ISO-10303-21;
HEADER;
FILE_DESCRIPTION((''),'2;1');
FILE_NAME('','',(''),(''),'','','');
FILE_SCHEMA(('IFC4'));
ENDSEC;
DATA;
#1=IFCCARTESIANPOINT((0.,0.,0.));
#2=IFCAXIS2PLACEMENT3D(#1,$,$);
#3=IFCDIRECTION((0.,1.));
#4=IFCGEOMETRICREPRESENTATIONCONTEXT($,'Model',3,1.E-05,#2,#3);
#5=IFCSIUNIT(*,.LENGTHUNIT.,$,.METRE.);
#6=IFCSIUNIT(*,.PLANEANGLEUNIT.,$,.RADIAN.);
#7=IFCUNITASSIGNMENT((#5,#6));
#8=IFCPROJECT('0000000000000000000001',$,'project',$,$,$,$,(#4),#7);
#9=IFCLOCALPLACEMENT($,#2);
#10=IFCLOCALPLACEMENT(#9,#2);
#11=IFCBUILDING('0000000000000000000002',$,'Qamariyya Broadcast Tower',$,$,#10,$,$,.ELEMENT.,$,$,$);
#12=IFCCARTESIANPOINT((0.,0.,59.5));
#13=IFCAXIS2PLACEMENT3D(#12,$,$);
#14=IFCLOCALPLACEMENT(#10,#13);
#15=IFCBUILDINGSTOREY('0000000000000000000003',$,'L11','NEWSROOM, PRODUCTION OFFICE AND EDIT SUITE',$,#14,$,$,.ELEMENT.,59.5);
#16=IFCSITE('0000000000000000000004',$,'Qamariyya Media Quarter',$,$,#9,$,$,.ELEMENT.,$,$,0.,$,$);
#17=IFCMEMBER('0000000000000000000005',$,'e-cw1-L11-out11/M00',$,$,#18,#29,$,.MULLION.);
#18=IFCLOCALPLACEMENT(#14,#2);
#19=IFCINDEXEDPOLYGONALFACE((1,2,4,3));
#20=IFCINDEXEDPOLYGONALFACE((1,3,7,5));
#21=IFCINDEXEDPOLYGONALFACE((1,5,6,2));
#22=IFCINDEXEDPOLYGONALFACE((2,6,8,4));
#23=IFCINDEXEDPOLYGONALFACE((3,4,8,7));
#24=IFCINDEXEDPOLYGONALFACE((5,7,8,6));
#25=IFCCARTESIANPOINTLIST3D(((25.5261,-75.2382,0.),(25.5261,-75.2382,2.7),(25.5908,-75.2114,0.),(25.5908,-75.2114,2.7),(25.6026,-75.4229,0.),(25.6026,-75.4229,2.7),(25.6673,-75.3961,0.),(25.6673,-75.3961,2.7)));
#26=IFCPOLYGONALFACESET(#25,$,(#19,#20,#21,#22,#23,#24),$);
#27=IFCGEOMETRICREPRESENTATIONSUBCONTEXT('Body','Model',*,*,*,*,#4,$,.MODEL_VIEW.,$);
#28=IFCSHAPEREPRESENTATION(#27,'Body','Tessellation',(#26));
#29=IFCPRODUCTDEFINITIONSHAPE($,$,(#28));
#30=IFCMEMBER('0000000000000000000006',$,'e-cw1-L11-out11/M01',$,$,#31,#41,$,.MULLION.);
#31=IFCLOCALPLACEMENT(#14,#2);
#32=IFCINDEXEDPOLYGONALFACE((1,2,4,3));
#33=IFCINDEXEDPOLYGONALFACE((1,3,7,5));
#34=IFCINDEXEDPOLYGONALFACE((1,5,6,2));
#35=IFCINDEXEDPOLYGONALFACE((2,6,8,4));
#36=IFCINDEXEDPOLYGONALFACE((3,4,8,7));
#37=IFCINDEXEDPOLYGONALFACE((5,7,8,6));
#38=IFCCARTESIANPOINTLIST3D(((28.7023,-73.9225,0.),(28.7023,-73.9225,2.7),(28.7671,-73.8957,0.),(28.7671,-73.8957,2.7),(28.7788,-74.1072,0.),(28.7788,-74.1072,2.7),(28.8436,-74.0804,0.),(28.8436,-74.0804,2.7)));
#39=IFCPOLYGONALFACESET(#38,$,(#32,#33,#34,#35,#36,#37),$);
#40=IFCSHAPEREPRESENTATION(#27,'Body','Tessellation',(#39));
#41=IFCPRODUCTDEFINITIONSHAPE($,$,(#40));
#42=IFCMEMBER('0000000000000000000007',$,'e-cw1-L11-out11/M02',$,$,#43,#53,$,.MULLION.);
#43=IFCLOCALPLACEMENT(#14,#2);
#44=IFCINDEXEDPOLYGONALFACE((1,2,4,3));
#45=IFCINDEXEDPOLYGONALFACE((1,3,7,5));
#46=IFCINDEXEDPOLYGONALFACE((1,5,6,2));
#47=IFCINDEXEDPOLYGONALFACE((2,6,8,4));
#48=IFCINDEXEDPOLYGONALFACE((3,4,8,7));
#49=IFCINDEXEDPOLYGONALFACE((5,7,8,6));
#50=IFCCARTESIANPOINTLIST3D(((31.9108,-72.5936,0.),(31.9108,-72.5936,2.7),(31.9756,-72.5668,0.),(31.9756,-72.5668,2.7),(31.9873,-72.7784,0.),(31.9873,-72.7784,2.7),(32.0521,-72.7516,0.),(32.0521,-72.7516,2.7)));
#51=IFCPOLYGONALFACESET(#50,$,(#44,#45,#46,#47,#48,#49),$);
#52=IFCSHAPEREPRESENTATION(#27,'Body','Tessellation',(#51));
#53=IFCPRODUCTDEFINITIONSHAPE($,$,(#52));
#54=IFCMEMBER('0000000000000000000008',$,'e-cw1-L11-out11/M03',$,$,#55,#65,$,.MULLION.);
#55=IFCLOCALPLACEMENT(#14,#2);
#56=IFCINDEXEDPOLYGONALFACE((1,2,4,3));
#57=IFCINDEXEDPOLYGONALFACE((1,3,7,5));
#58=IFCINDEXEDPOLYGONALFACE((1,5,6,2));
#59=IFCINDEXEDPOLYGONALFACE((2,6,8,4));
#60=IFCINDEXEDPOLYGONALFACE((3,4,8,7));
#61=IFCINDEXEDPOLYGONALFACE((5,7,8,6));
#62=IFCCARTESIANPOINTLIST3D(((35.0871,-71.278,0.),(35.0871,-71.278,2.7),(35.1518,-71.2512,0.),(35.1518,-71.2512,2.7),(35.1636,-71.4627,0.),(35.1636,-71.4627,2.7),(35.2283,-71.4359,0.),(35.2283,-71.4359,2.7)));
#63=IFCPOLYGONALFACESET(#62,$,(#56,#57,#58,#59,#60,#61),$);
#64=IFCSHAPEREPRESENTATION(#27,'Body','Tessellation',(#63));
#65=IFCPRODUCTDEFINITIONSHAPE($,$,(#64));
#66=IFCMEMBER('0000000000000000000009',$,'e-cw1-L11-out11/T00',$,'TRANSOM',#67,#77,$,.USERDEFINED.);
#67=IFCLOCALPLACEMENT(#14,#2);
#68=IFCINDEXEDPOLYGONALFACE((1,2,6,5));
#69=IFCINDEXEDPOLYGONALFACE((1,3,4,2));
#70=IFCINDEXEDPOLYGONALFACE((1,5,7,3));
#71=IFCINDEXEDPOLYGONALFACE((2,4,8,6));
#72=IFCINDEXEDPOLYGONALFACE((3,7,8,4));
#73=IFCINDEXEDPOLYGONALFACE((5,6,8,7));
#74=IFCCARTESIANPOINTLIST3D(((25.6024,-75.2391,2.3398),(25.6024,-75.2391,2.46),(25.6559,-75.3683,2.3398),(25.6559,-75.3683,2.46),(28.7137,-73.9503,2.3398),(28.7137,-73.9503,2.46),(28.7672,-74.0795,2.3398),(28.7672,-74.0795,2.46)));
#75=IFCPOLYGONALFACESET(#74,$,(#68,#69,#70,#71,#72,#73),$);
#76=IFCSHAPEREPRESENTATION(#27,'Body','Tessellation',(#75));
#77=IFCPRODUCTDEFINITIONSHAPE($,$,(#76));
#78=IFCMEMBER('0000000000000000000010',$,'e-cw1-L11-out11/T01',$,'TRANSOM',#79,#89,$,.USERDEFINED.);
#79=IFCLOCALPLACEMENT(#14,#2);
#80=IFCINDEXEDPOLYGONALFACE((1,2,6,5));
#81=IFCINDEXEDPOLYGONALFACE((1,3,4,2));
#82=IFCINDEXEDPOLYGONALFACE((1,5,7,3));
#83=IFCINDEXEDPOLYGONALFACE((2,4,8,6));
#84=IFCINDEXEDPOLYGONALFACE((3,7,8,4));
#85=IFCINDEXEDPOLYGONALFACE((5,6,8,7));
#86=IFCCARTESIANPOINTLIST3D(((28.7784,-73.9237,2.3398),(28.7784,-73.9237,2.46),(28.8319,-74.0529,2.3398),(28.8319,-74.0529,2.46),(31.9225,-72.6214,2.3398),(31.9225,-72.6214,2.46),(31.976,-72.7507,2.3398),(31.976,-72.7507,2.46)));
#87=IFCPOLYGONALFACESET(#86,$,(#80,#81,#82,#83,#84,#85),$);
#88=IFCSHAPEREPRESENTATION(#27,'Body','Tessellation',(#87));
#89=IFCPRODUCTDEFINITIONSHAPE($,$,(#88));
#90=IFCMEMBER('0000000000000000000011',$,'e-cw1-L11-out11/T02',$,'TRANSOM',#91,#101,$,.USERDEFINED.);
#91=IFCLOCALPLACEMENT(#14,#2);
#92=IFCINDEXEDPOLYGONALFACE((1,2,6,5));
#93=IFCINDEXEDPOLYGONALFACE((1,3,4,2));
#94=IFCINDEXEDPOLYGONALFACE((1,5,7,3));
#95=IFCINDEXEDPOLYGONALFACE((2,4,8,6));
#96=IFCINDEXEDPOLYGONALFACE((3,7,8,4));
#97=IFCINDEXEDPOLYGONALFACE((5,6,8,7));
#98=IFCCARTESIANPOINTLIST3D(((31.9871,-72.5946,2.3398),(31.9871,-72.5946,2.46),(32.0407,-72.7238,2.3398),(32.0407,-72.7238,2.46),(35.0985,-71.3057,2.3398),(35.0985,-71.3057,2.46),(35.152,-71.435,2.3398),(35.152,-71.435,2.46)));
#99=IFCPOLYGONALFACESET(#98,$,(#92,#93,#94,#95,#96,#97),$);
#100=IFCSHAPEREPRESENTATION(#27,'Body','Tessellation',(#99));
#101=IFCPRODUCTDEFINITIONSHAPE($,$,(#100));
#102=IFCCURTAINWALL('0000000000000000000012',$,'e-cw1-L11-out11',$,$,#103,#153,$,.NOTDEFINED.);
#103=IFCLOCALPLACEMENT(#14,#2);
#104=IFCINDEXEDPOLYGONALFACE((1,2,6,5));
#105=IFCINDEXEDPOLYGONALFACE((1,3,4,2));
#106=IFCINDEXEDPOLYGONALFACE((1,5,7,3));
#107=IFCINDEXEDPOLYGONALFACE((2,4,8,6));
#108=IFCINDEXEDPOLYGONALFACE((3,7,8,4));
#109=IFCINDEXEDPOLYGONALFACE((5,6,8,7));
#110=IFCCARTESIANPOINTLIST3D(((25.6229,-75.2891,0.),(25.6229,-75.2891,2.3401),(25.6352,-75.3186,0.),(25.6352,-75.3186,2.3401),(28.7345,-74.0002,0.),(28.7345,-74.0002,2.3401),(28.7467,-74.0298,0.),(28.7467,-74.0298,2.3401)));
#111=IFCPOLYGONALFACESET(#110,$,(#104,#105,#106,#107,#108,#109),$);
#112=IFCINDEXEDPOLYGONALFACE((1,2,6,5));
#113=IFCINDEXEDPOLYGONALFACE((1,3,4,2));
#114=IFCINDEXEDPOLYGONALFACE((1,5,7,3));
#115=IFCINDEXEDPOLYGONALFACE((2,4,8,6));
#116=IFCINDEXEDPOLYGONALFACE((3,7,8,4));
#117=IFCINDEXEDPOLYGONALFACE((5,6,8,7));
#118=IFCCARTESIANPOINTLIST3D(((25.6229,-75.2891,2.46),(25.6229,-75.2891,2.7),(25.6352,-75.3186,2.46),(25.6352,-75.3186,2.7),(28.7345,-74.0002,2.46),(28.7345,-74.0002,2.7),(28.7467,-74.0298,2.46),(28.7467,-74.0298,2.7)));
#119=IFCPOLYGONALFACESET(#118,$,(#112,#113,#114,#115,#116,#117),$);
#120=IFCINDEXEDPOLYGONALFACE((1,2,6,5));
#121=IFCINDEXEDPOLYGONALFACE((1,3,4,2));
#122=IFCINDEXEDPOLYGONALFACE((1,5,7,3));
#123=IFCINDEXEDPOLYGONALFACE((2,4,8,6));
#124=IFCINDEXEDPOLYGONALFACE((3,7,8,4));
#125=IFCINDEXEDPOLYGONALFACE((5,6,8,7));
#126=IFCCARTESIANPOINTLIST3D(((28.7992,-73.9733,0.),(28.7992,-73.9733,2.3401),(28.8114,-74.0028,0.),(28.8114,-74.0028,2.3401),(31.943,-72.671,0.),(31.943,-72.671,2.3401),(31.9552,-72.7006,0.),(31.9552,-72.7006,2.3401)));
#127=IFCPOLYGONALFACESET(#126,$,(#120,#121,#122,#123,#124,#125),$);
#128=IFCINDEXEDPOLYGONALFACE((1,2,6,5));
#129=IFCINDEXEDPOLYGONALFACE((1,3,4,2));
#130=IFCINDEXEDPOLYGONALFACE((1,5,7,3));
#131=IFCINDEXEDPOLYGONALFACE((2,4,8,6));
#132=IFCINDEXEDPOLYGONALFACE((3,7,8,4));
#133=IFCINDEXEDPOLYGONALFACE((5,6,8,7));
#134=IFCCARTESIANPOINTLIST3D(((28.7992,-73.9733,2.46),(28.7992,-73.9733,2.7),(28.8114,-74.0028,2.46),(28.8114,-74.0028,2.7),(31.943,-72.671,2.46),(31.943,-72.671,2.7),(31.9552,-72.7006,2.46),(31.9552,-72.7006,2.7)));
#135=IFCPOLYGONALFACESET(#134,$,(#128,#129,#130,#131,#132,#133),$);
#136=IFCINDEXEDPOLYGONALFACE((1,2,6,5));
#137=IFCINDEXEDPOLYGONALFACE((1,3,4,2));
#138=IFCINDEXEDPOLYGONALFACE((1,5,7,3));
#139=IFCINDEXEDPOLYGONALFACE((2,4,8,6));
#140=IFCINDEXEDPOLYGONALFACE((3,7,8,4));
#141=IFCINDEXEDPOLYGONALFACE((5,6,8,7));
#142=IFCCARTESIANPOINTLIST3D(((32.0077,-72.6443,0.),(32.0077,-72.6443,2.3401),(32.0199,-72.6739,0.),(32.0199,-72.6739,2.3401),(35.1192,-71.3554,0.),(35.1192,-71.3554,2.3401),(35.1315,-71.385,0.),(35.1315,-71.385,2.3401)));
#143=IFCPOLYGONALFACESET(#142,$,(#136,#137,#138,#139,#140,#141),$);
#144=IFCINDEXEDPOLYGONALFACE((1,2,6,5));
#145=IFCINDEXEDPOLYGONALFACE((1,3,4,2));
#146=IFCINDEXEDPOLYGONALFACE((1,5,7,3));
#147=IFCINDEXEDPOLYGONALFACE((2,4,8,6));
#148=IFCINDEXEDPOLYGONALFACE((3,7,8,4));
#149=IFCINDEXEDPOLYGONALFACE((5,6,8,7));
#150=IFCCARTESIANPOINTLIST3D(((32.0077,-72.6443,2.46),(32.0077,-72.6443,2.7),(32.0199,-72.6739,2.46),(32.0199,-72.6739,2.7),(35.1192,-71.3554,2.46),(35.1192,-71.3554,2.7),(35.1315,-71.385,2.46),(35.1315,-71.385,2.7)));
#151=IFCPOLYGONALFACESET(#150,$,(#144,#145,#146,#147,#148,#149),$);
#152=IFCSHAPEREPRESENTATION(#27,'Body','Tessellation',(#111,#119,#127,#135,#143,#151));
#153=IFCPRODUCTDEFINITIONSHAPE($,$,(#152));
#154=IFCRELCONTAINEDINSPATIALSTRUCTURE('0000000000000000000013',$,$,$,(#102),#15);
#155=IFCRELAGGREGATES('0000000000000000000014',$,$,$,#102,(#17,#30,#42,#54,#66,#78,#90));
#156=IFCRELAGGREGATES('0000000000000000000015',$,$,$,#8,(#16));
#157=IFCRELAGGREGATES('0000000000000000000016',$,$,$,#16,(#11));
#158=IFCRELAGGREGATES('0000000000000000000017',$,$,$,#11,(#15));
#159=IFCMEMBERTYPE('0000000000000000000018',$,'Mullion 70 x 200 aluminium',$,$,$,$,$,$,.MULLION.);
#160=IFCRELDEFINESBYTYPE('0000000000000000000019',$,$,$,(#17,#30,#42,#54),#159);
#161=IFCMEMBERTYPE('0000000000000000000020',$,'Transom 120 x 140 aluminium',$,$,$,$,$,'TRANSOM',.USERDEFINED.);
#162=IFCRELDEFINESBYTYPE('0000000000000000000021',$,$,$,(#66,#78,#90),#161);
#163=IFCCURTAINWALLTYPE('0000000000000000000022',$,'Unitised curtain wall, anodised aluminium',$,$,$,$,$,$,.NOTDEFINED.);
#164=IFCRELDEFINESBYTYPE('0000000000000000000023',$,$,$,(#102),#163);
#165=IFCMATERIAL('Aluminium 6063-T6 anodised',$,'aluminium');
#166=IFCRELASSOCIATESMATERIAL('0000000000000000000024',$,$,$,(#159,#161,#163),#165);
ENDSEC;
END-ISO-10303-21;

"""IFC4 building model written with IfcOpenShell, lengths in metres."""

from ifc_helpers import new_model, si_unit, direction, frame, origin, origin_2d, place, context, subcontext, project, spatial, rectangle, extrude, material, material_profile, profile_set, type_object, element, aggregate, save


model = new_model("IFC4")

# Units and contexts
model_context = context("Model", 3, precision=1e-05, world=origin(), true_north=direction((0.0, 1.0)))
body_context = subcontext(model_context, "Body", "Model", "MODEL_VIEW")
ifc_project = project(units=[si_unit("LENGTHUNIT", "METRE"), si_unit("PLANEANGLEUNIT", "RADIAN")], contexts=[model_context])

# Members
ifc_material = material(Name="Aluminium 6063-T6 anodised", Category="aluminium")
ifc_material_profile_1 = material_profile(ifc_material, rectangle(XDim=0.2, YDim=0.0701, at=origin_2d()))
ifc_profile_set_1 = profile_set([ifc_material_profile_1], Name="Aluminium 6063-T6 anodised")
member_type_1 = type_object("IfcMemberType", Name="Mullion 70 x 200 aluminium", PredefinedType="MULLION", material=ifc_profile_set_1)
site_placement = place(None, origin())
building_placement = place(site_placement, origin())
storey_placement = place(building_placement, frame((0.0, 0.0, 59.5)))
member_1_placement = place(storey_placement, frame((25.5967, -75.3171, 0.0), z_axis=(0.0, 0.0, 1.0), x_axis=(-0.382683, 0.92388, 0.0)))
member_1 = element("IfcMember", 1, at=member_1_placement, type_object=member_type_1, Name="e-cw1-L11-out11/M00", PredefinedType="MULLION", context=body_context, shape_type="SweptSolid", body=[
    extrude(rectangle(XDim=0.2, YDim=0.0701, at=origin_2d()), origin(), (0.0, 0.0, 1.0), 2.7),
])
member_2_placement = place(storey_placement, frame((28.7729, -74.0015, 0.0), z_axis=(0.0, 0.0, 1.0), x_axis=(-0.382683, 0.92388, 0.0)))
member_2 = element("IfcMember", 2, at=member_2_placement, type_object=member_type_1, Name="e-cw1-L11-out11/M01", PredefinedType="MULLION", context=body_context, shape_type="SweptSolid", body=[
    extrude(rectangle(XDim=0.2, YDim=0.0701, at=origin_2d()), origin(), (0.0, 0.0, 1.0), 2.7),
])
member_3_placement = place(storey_placement, frame((31.9814, -72.6726, 0.0), z_axis=(0.0, 0.0, 1.0), x_axis=(-0.382683, 0.92388, 0.0)))
member_3 = element("IfcMember", 3, at=member_3_placement, type_object=member_type_1, Name="e-cw1-L11-out11/M02", PredefinedType="MULLION", context=body_context, shape_type="SweptSolid", body=[
    extrude(rectangle(XDim=0.2, YDim=0.0701, at=origin_2d()), origin(), (0.0, 0.0, 1.0), 2.7),
])
member_4_placement = place(storey_placement, frame((35.1577, -71.3569, 0.0), z_axis=(0.0, 0.0, 1.0), x_axis=(-0.382683, 0.92388, 0.0)))
member_4 = element("IfcMember", 4, at=member_4_placement, type_object=member_type_1, Name="e-cw1-L11-out11/M03", PredefinedType="MULLION", context=body_context, shape_type="SweptSolid", body=[
    extrude(rectangle(XDim=0.2, YDim=0.0701, at=origin_2d()), origin(), (0.0, 0.0, 1.0), 2.7),
])
ifc_material_profile_2 = material_profile(ifc_material, rectangle(XDim=0.1399, YDim=0.1201, at=origin_2d()))
ifc_profile_set_2 = profile_set([ifc_material_profile_2], Name="Aluminium 6063-T6 anodised")
member_type_2 = type_object("IfcMemberType", Name="Transom 120 x 140 aluminium", ElementType="TRANSOM", PredefinedType="USERDEFINED", material=ifc_profile_set_2)
member_5_placement = place(storey_placement, frame((25.6292, -75.3037, 2.3999), z_axis=(0.923873, 0.3827, 0.0), x_axis=(-0.3827, 0.923873, 0.0)))
member_5 = element("IfcMember", 5, at=member_5_placement, type_object=member_type_2, Name="e-cw1-L11-out11/T00", ObjectType="TRANSOM", PredefinedType="USERDEFINED", context=body_context, shape_type="SweptSolid", body=[
    extrude(rectangle(XDim=0.1399, YDim=0.1201, at=origin_2d()), origin(), (0.0, 0.0, 1.0), 3.3677),
])
member_6_placement = place(storey_placement, frame((28.8052, -73.9883, 2.3999), z_axis=(0.923886, 0.382669, 0.0), x_axis=(-0.382669, 0.923886, 0.0)))
member_6 = element("IfcMember", 6, at=member_6_placement, type_object=member_type_2, Name="e-cw1-L11-out11/T01", ObjectType="TRANSOM", PredefinedType="USERDEFINED", context=body_context, shape_type="SweptSolid", body=[
    extrude(rectangle(XDim=0.1399, YDim=0.1201, at=origin_2d()), origin(), (0.0, 0.0, 1.0), 3.4031),
])
member_7_placement = place(storey_placement, frame((32.0139, -72.6592, 2.3999), z_axis=(0.923873, 0.3827, 0.0), x_axis=(-0.3827, 0.923873, 0.0)))
member_7 = element("IfcMember", 7, at=member_7_placement, type_object=member_type_2, Name="e-cw1-L11-out11/T02", ObjectType="TRANSOM", PredefinedType="USERDEFINED", context=body_context, shape_type="SweptSolid", body=[
    extrude(rectangle(XDim=0.1399, YDim=0.1201, at=origin_2d()), origin(), (0.0, 0.0, 1.0), 3.3677),
])

# Site, building, storey
site = spatial("IfcSite", under=ifc_project, at=site_placement, Name="Qamariyya Media Quarter", CompositionType="ELEMENT", RefElevation=0.0)
building = spatial("IfcBuilding", under=site, at=building_placement, Name="Qamariyya Broadcast Tower", CompositionType="ELEMENT")
storey = spatial("IfcBuildingStorey", under=building, at=storey_placement, Name="L11", Description="NEWSROOM, PRODUCTION OFFICE AND EDIT SUITE", CompositionType="ELEMENT", Elevation=59.5)

# Curtain wall
curtain_wall_type = type_object("IfcCurtainWallType", Name="Unitised curtain wall, anodised aluminium", PredefinedType="NOTDEFINED", material=ifc_material)
curtain_wall_1_placement = place(storey_placement, origin())
curtain_wall_1 = element("IfcCurtainWall", 8, at=curtain_wall_1_placement, inside=storey, type_object=curtain_wall_type, Name="e-cw1-L11-out11", PredefinedType="NOTDEFINED", context=body_context, shape_type="SweptSolid", body=[
    extrude(rectangle(XDim=3.3679, YDim=0.032, at=origin_2d()), frame((27.1848, -74.6594, 0.0), x_axis=(0.923878, 0.382688, 0.0)), (0.0, 0.0, 1.0), 2.3401),
    extrude(rectangle(XDim=3.3679, YDim=0.032, at=origin_2d()), frame((27.1848, -74.6594, 2.46), x_axis=(0.923878, 0.382688, 0.0)), (0.0, 0.0, 1.0), 0.24),
    extrude(rectangle(XDim=3.4028, YDim=0.032, at=origin_2d()), frame((30.3772, -73.3369, 0.0), x_axis=(0.923878, 0.382688, 0.0)), (0.0, 0.0, 1.0), 2.3401),
    extrude(rectangle(XDim=3.4028, YDim=0.032, at=origin_2d()), frame((30.3772, -73.3369, 2.46), x_axis=(0.923878, 0.382688, 0.0)), (0.0, 0.0, 1.0), 0.24),
    extrude(rectangle(XDim=3.3679, YDim=0.032, at=origin_2d()), frame((33.5696, -72.0146, 0.0), x_axis=(0.923878, 0.382688, 0.0)), (0.0, 0.0, 1.0), 2.3401),
    extrude(rectangle(XDim=3.3679, YDim=0.032, at=origin_2d()), frame((33.5696, -72.0146, 2.46), x_axis=(0.923878, 0.382688, 0.0)), (0.0, 0.0, 1.0), 0.24),
])
aggregate(curtain_wall_1, [member_1, member_2, member_3, member_4, member_5, member_6, member_7])

save(model, "model.ifc")
